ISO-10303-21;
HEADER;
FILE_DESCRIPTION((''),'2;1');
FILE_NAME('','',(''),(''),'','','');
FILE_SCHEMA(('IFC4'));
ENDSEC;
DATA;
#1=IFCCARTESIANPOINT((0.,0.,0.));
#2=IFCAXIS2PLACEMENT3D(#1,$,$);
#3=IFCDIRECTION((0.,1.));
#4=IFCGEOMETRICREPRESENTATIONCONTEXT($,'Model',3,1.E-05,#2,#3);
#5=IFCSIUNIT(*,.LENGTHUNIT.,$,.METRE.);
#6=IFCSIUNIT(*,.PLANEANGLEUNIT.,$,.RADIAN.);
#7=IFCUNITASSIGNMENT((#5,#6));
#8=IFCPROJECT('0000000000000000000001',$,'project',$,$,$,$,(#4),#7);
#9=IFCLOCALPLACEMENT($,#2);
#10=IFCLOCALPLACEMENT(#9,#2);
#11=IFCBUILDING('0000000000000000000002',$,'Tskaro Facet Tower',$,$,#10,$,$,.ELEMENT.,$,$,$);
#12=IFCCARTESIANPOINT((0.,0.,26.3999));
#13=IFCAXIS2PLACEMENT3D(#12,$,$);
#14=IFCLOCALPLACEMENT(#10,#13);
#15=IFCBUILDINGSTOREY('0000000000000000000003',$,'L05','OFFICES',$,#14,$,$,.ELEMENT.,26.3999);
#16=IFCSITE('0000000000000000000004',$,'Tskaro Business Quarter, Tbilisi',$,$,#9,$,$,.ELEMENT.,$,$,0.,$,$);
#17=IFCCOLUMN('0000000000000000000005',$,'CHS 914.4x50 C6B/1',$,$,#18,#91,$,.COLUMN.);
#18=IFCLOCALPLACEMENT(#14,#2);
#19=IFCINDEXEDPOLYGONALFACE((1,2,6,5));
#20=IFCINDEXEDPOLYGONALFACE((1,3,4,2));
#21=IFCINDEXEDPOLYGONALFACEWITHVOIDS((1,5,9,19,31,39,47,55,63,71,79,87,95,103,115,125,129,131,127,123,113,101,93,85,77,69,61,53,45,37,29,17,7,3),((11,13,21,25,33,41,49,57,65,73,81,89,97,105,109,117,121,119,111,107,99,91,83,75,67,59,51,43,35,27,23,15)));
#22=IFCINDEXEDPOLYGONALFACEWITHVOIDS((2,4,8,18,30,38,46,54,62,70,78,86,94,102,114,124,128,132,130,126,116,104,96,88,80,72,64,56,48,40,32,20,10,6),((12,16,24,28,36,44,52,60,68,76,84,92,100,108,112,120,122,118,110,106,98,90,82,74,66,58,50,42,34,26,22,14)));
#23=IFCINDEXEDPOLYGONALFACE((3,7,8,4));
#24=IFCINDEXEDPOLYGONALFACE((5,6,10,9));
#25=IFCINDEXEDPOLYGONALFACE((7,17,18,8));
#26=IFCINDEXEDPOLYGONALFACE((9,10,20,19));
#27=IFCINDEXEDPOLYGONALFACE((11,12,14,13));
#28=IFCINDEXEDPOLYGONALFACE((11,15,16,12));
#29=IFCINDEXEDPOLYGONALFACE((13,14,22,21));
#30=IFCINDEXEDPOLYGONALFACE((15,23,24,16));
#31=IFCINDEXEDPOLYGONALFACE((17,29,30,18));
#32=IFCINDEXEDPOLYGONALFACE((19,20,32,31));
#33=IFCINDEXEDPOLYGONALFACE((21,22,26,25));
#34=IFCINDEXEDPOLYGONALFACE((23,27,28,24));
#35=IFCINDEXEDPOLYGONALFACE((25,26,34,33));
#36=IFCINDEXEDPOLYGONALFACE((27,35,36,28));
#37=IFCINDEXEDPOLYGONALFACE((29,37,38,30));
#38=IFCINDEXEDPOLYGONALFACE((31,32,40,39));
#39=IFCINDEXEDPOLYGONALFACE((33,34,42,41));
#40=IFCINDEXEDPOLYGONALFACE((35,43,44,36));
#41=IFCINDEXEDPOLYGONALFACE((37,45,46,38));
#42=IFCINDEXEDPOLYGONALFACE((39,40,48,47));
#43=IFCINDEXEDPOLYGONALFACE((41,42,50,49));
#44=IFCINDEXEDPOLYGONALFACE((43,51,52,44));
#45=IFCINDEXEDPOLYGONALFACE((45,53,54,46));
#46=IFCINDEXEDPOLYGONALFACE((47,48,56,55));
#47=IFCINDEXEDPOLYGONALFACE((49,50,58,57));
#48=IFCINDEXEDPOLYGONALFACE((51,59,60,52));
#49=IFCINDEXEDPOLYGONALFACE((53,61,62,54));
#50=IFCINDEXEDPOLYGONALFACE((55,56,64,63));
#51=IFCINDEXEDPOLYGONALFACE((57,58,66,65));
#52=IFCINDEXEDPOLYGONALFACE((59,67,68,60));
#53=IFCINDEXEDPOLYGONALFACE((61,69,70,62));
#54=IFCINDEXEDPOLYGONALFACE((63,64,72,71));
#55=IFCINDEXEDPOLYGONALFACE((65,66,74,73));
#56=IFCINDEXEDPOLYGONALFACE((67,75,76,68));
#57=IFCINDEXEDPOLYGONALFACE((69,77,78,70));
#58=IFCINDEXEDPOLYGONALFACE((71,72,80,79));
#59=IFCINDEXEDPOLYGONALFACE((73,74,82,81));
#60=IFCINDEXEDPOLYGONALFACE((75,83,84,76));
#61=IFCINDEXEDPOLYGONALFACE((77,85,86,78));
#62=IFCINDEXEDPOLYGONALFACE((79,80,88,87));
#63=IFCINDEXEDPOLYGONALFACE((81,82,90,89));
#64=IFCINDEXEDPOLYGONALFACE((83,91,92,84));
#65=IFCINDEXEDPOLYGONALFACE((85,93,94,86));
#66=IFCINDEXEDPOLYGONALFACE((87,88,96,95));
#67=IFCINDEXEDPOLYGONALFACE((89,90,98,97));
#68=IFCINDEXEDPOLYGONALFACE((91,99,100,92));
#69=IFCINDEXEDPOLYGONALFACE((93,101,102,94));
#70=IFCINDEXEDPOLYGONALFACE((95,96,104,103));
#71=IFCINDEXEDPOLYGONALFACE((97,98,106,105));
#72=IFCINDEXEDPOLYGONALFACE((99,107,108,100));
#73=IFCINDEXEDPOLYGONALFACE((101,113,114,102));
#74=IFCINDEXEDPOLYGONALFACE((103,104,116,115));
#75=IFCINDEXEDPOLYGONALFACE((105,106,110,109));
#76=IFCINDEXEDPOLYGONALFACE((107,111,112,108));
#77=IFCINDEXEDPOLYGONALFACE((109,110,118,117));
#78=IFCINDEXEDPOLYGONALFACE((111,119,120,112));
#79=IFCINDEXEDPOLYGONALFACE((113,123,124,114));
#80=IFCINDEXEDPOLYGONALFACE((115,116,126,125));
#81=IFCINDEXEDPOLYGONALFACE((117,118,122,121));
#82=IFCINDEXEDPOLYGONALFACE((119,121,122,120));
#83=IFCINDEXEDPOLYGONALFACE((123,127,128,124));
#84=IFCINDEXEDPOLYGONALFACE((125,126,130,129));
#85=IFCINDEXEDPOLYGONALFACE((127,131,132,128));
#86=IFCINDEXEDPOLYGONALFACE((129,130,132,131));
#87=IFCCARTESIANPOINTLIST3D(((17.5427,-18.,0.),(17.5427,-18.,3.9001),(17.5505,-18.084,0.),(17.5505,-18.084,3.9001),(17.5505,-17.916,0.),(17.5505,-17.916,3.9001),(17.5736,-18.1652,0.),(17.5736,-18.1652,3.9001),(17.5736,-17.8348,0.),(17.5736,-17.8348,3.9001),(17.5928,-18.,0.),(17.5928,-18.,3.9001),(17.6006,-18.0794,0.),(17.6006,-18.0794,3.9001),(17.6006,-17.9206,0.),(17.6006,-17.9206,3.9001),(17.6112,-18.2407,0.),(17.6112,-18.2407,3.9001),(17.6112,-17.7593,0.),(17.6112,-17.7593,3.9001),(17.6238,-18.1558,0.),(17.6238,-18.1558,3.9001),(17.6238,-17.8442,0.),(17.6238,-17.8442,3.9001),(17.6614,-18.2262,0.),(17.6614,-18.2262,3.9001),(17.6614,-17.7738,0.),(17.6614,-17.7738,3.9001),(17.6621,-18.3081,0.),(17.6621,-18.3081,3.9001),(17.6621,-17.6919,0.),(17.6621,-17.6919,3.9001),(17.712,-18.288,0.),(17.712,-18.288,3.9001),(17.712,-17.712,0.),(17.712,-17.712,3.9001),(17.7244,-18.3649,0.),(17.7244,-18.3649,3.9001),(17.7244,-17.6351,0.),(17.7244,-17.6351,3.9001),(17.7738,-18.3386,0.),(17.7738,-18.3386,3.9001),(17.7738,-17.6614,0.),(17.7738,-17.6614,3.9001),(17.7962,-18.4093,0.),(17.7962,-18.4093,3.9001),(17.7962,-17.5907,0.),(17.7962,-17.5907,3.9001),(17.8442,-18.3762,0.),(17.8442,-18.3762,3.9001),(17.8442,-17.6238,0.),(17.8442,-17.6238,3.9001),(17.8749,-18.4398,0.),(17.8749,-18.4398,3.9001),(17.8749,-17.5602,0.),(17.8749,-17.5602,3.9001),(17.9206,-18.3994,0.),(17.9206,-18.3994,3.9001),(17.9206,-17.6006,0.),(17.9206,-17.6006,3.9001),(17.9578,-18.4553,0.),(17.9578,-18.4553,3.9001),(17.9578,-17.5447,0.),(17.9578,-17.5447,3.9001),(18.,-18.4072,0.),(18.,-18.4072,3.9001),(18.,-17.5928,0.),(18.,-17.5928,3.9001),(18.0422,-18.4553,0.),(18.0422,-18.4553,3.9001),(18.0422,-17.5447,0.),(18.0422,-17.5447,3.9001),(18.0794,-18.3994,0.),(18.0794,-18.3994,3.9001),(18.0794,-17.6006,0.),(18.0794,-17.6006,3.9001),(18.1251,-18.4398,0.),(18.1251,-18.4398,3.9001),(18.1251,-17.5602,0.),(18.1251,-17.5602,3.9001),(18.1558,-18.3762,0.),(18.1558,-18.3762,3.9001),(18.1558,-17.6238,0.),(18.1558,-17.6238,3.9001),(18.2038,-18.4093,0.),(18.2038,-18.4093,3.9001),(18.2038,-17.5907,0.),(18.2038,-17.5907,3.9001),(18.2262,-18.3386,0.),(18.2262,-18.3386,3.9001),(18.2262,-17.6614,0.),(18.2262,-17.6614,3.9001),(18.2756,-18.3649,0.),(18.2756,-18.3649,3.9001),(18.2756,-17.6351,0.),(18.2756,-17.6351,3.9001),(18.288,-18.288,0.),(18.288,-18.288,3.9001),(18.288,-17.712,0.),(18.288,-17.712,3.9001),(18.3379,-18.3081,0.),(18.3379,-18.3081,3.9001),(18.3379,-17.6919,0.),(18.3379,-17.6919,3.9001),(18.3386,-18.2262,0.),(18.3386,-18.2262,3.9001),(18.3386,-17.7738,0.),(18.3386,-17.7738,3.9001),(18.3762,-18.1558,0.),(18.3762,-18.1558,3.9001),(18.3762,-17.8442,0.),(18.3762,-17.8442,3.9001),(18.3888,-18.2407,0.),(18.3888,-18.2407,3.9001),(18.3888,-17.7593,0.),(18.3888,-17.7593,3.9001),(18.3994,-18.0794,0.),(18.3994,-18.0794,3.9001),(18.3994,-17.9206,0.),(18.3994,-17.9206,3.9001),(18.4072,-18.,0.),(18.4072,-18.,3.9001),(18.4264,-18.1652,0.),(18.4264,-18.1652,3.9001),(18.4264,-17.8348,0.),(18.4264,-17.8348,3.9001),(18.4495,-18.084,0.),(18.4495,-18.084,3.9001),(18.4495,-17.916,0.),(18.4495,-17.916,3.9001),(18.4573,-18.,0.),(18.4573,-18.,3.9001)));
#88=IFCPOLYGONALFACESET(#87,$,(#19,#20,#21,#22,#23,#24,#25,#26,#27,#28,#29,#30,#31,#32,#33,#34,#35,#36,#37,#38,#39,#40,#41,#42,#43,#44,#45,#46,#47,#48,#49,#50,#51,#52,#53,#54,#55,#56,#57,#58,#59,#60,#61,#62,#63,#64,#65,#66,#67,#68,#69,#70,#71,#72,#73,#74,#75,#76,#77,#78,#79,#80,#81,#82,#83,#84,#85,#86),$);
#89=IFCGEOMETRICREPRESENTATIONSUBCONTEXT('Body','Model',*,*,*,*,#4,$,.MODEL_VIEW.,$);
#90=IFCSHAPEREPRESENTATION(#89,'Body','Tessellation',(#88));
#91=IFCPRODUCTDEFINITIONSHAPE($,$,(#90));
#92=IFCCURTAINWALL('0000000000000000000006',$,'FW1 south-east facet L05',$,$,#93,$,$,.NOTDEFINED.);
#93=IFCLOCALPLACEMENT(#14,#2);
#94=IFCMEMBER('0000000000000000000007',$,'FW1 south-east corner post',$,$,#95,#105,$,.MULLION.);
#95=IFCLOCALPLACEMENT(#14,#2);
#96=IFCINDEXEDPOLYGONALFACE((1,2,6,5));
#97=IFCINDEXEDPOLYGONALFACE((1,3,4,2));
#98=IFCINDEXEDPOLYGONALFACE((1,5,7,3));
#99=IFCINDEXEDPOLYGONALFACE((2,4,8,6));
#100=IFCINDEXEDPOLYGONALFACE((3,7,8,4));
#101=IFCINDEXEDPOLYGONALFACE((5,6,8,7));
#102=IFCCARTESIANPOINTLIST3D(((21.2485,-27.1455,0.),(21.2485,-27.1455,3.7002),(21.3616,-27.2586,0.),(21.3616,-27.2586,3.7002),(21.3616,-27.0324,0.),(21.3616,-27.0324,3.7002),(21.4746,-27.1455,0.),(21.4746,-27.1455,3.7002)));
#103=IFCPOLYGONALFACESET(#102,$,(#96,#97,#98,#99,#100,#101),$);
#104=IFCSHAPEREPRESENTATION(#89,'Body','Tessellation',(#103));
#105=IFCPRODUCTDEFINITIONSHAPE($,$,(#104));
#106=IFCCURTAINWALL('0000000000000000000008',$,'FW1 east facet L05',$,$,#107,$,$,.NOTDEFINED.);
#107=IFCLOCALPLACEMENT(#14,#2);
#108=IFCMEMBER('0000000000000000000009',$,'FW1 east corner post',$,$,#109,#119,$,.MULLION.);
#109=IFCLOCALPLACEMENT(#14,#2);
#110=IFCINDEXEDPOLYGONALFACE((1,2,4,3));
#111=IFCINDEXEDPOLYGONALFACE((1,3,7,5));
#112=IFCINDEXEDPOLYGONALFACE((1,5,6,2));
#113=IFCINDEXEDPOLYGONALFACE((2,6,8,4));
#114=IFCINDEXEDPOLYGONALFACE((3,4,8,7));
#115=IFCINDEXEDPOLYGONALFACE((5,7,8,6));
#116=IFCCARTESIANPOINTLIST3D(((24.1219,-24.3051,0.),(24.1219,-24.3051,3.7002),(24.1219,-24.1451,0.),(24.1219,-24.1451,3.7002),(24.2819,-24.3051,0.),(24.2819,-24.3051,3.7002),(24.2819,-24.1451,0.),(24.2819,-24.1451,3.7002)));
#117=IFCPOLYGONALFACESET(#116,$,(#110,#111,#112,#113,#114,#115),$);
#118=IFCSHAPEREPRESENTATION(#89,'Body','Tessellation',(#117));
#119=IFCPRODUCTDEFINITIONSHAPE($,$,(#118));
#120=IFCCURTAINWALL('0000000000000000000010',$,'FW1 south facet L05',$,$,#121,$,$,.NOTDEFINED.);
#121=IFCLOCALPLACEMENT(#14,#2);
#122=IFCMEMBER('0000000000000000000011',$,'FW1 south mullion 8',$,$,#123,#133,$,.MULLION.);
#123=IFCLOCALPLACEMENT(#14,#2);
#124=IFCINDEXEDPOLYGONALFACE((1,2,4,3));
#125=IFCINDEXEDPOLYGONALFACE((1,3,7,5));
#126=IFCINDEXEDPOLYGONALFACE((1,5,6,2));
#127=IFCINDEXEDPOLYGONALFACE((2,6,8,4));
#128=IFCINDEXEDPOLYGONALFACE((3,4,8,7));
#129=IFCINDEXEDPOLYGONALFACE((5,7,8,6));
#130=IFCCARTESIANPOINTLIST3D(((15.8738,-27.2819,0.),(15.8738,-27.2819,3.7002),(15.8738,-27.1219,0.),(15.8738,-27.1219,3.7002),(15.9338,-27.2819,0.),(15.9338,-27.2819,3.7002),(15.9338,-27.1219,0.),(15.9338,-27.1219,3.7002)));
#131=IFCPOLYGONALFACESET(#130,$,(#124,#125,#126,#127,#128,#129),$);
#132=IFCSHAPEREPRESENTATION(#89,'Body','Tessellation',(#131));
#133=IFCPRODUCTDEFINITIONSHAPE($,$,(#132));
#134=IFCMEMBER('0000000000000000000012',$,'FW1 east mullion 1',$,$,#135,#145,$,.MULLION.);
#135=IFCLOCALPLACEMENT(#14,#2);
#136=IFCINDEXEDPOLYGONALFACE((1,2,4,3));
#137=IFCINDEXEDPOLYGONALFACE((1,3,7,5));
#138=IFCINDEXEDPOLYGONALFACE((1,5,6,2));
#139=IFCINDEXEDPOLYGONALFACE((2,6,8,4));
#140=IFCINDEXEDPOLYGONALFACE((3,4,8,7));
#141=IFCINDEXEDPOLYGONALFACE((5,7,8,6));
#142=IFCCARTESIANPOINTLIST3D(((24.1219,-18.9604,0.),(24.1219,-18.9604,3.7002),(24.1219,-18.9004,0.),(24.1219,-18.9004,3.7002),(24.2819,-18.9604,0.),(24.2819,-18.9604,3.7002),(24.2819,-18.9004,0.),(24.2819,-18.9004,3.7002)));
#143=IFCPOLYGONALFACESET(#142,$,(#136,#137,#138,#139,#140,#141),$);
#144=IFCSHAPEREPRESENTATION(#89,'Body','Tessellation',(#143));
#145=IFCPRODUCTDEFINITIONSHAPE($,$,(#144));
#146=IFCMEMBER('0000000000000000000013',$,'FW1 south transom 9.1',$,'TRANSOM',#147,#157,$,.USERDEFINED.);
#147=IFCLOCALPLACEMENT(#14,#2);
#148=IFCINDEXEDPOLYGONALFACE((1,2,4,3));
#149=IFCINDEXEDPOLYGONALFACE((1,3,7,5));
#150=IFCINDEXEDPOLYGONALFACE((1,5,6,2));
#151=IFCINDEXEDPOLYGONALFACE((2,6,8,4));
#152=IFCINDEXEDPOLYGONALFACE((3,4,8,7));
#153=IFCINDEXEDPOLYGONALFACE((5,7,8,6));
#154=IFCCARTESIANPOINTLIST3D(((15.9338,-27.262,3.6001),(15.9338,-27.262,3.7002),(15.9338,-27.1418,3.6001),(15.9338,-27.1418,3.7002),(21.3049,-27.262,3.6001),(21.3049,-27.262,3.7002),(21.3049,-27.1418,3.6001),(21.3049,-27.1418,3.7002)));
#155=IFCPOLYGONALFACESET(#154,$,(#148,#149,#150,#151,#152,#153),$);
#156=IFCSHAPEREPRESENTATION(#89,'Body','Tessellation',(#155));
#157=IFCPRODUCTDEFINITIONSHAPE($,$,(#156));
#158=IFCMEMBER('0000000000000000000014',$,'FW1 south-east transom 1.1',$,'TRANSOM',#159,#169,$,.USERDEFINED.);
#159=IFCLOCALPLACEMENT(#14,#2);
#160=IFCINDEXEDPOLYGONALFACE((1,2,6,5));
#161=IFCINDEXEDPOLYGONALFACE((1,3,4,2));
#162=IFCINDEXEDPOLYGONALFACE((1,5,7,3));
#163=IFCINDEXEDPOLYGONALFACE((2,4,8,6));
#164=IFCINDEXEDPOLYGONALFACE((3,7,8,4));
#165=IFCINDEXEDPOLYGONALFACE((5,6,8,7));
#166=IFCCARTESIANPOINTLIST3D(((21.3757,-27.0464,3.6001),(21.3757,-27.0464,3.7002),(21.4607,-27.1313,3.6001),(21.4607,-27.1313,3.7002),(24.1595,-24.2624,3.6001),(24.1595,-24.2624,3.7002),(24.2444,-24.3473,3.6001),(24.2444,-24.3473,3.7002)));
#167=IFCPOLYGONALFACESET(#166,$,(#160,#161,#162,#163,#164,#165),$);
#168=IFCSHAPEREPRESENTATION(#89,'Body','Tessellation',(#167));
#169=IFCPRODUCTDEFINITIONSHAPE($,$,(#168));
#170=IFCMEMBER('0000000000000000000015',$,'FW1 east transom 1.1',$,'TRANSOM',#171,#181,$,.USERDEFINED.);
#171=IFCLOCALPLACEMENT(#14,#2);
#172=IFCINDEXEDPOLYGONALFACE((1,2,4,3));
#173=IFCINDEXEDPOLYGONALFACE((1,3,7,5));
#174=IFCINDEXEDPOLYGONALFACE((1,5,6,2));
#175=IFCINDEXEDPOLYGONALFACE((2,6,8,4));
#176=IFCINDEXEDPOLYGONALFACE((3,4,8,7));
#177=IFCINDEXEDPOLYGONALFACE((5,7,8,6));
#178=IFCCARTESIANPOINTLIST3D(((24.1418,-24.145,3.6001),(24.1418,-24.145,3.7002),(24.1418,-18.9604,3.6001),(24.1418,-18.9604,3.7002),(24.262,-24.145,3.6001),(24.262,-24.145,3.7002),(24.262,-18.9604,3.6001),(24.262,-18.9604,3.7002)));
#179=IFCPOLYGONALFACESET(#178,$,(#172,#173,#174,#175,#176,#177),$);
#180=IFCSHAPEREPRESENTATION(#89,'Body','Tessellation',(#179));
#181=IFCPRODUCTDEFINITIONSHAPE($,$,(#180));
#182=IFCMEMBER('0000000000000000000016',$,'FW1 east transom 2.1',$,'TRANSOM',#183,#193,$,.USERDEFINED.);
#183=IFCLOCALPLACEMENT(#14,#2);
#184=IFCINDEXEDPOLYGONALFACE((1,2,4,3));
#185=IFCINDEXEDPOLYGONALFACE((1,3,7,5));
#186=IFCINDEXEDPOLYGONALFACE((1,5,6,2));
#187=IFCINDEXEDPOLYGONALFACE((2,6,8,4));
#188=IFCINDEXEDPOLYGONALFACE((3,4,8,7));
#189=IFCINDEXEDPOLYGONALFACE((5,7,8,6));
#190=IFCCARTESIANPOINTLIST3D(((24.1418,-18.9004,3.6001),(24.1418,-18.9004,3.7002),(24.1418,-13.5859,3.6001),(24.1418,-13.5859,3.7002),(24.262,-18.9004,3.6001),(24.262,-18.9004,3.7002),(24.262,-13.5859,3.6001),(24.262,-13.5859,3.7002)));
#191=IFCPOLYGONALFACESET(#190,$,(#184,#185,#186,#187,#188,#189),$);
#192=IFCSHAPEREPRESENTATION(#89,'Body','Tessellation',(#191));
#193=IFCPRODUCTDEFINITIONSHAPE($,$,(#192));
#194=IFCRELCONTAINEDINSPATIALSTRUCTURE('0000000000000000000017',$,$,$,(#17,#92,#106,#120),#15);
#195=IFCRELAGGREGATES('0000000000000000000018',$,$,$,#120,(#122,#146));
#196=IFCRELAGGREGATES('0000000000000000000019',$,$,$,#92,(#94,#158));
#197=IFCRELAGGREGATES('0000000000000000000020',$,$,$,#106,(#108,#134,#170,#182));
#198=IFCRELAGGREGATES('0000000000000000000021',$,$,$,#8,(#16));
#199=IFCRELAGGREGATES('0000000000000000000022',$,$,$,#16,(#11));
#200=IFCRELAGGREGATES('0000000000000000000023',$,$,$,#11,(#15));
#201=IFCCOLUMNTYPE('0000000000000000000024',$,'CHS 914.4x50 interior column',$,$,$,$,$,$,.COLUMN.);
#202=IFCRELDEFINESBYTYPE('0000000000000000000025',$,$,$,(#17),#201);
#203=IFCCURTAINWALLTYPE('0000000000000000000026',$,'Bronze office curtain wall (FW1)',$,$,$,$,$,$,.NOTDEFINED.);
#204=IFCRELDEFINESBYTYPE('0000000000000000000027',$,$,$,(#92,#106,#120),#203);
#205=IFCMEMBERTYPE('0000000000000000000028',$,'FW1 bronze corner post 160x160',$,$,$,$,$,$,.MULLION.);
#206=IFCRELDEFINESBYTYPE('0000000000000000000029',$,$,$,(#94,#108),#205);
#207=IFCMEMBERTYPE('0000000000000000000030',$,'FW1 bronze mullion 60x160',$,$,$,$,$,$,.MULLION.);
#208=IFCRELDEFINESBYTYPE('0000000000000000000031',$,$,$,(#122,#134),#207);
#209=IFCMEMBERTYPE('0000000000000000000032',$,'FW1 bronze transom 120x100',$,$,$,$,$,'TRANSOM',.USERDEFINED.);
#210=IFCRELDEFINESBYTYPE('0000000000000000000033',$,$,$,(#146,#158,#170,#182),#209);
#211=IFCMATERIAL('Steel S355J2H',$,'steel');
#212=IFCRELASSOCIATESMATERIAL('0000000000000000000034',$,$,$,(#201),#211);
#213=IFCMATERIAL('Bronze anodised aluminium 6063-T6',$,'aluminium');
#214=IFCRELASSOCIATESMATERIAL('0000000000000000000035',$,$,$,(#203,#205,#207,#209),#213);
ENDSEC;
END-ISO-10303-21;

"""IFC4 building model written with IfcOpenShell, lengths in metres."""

from ifc_helpers import new_model, si_unit, direction, frame, origin, origin_2d, place, context, subcontext, project, spatial, rectangle, hollow_circle, extrude, material, material_profile, profile_set, type_object, element, aggregate, save


model = new_model("IFC4")

# Units and contexts
model_context = context("Model", 3, precision=1e-05, world=origin(), true_north=direction((0.0, 1.0)))
body_context = subcontext(model_context, "Body", "Model", "MODEL_VIEW")
ifc_project = project(units=[si_unit("LENGTHUNIT", "METRE"), si_unit("PLANEANGLEUNIT", "RADIAN")], contexts=[model_context])

# Site, building, storey
site_placement = place(None, origin())
site = spatial("IfcSite", under=ifc_project, at=site_placement, Name="Tskaro Business Quarter, Tbilisi", CompositionType="ELEMENT", RefElevation=0.0)
building_placement = place(site_placement, origin())
building = spatial("IfcBuilding", under=site, at=building_placement, Name="Tskaro Facet Tower", CompositionType="ELEMENT")
storey_placement = place(building_placement, frame((0.0, 0.0, 26.3999)))
storey = spatial("IfcBuildingStorey", under=building, at=storey_placement, Name="L05", Description="OFFICES", CompositionType="ELEMENT", Elevation=26.3999)

# Column
ifc_material_1 = material(Name="Steel S355J2H", Category="steel")
ifc_material_profile_1 = material_profile(ifc_material_1, hollow_circle(Radius=0.4573, WallThickness=0.05, at=origin_2d()), Name="CHS 914.4x50")
ifc_profile_set_1 = profile_set([ifc_material_profile_1], Name="Steel S355J2H")
column_type_1 = type_object("IfcColumnType", Name="CHS 914.4x50 interior column", PredefinedType="COLUMN", material=ifc_profile_set_1)
column_placement = place(storey_placement, frame((18.0, -18.0, 0.0), z_axis=(0.0, 0.0, 1.0), x_axis=(1.0, 0.0, 0.0)))
element("IfcColumn", 1, at=column_placement, inside=storey, type_object=column_type_1, Name="CHS 914.4x50 C6B/1", PredefinedType="COLUMN", context=body_context, shape_type="SweptSolid", body=[
    extrude(hollow_circle(Radius=0.4573, WallThickness=0.05, at=origin_2d()), origin(), (0.0, 0.0, 1.0), 3.9001),
])

# Curtain walls, members
ifc_material_2 = material(Name="Bronze anodised aluminium 6063-T6", Category="aluminium")
curtain_wall_type = type_object("IfcCurtainWallType", Name="Bronze office curtain wall (FW1)", PredefinedType="NOTDEFINED", material=ifc_material_2)
curtain_wall_1_placement = place(storey_placement, origin())
curtain_wall_1 = element("IfcCurtainWall", 2, at=curtain_wall_1_placement, inside=storey, type_object=curtain_wall_type, Name="FW1 south-east facet L05", PredefinedType="NOTDEFINED")
ifc_material_profile_2 = material_profile(ifc_material_2, rectangle(XDim=0.1599, YDim=0.1599, at=origin_2d()), Name="Corner post 160x160")
ifc_profile_set_2 = profile_set([ifc_material_profile_2], Name="Bronze anodised aluminium 6063-T6")
member_type_1 = type_object("IfcMemberType", Name="FW1 bronze corner post 160x160", PredefinedType="MULLION", material=ifc_profile_set_2)
member_1_placement = place(storey_placement, frame((21.3616, -27.1455, 0.0), z_axis=(0.0, 0.0, 1.0), x_axis=(0.707107, 0.707107, 0.0)))
member_1 = element("IfcMember", 3, at=member_1_placement, type_object=member_type_1, Name="FW1 south-east corner post", PredefinedType="MULLION", context=body_context, shape_type="SweptSolid", body=[
    extrude(rectangle(XDim=0.1599, YDim=0.1599, at=origin_2d()), origin(), (0.0, 0.0, 1.0), 3.7002),
])
curtain_wall_2_placement = place(storey_placement, origin())
curtain_wall_2 = element("IfcCurtainWall", 4, at=curtain_wall_2_placement, inside=storey, type_object=curtain_wall_type, Name="FW1 east facet L05", PredefinedType="NOTDEFINED")
member_2_placement = place(storey_placement, frame((24.2019, -24.2251, 0.0), z_axis=(0.0, 0.0, 1.0), x_axis=(0.0, 1.0, 0.0)))
member_2 = element("IfcMember", 5, at=member_2_placement, type_object=member_type_1, Name="FW1 east corner post", PredefinedType="MULLION", context=body_context, shape_type="SweptSolid", body=[
    extrude(rectangle(XDim=0.1599, YDim=0.1599, at=origin_2d()), origin(), (0.0, 0.0, 1.0), 3.7002),
])
curtain_wall_3_placement = place(storey_placement, origin())
curtain_wall_3 = element("IfcCurtainWall", 6, at=curtain_wall_3_placement, inside=storey, type_object=curtain_wall_type, Name="FW1 south facet L05", PredefinedType="NOTDEFINED")
ifc_material_profile_3 = material_profile(ifc_material_2, rectangle(XDim=0.0601, YDim=0.1599, at=origin_2d()), Name="Mullion 60x160")
ifc_profile_set_3 = profile_set([ifc_material_profile_3], Name="Bronze anodised aluminium 6063-T6")
member_type_2 = type_object("IfcMemberType", Name="FW1 bronze mullion 60x160", PredefinedType="MULLION", material=ifc_profile_set_3)
member_3_placement = place(storey_placement, frame((15.9038, -27.2019, 0.0), z_axis=(0.0, 0.0, 1.0), x_axis=(1.0, 0.0, 0.0)))
member_3 = element("IfcMember", 7, at=member_3_placement, type_object=member_type_2, Name="FW1 south mullion 8", PredefinedType="MULLION", context=body_context, shape_type="SweptSolid", body=[
    extrude(rectangle(XDim=0.0601, YDim=0.1599, at=origin_2d()), origin(), (0.0, 0.0, 1.0), 3.7002),
])

# Members
member_4_placement = place(storey_placement, frame((24.2019, -18.9304, 0.0), z_axis=(0.0, 0.0, 1.0), x_axis=(0.0, 1.0, 0.0)))
member_4 = element("IfcMember", 8, at=member_4_placement, type_object=member_type_2, Name="FW1 east mullion 1", PredefinedType="MULLION", context=body_context, shape_type="SweptSolid", body=[
    extrude(rectangle(XDim=0.0601, YDim=0.1599, at=origin_2d()), origin(), (0.0, 0.0, 1.0), 3.7002),
])
ifc_material_profile_4 = material_profile(ifc_material_2, rectangle(XDim=0.1201, YDim=0.1001, at=origin_2d()), Name="Transom 120x100")
ifc_profile_set_4 = profile_set([ifc_material_profile_4], Name="Bronze anodised aluminium 6063-T6")
member_type_3 = type_object("IfcMemberType", Name="FW1 bronze transom 120x100", ElementType="TRANSOM", PredefinedType="USERDEFINED", material=ifc_profile_set_4)
member_5_placement = place(storey_placement, frame((15.9338, -27.2019, 3.6501), z_axis=(1.0, 0.0, 0.0), x_axis=(0.0, 1.0, 0.0)))
member_5 = element("IfcMember", 9, at=member_5_placement, type_object=member_type_3, Name="FW1 south transom 9.1", ObjectType="TRANSOM", PredefinedType="USERDEFINED", context=body_context, shape_type="SweptSolid", body=[
    extrude(rectangle(XDim=0.1201, YDim=0.1001, at=origin_2d()), origin(), (0.0, 0.0, 1.0), 5.3711),
])
member_6_placement = place(storey_placement, frame((21.4182, -27.0889, 3.6501), z_axis=(0.707076, 0.707138, 0.0), x_axis=(-0.707138, 0.707076, 0.0)))
member_6 = element("IfcMember", 10, at=member_6_placement, type_object=member_type_3, Name="FW1 south-east transom 1.1", ObjectType="TRANSOM", PredefinedType="USERDEFINED", context=body_context, shape_type="SweptSolid", body=[
    extrude(rectangle(XDim=0.1201, YDim=0.1001, at=origin_2d()), origin(), (0.0, 0.0, 1.0), 3.937),
])
member_7_placement = place(storey_placement, frame((24.2019, -24.145, 3.6501), z_axis=(0.0, 1.0, 0.0), x_axis=(-1.0, 0.0, 0.0)))
member_7 = element("IfcMember", 11, at=member_7_placement, type_object=member_type_3, Name="FW1 east transom 1.1", ObjectType="TRANSOM", PredefinedType="USERDEFINED", context=body_context, shape_type="SweptSolid", body=[
    extrude(rectangle(XDim=0.1201, YDim=0.1001, at=origin_2d()), origin(), (0.0, 0.0, 1.0), 5.1846),
])
member_8_placement = place(storey_placement, frame((24.2019, -18.9004, 3.6501), z_axis=(0.0, 1.0, 0.0), x_axis=(-1.0, 0.0, 0.0)))
member_8 = element("IfcMember", 12, at=member_8_placement, type_object=member_type_3, Name="FW1 east transom 2.1", ObjectType="TRANSOM", PredefinedType="USERDEFINED", context=body_context, shape_type="SweptSolid", body=[
    extrude(rectangle(XDim=0.1201, YDim=0.1001, at=origin_2d()), origin(), (0.0, 0.0, 1.0), 5.3145),
])

aggregate(curtain_wall_3, [member_3, member_5])
aggregate(curtain_wall_1, [member_1, member_6])
aggregate(curtain_wall_2, [member_2, member_4, member_7, member_8])

save(model, "model.ifc")
